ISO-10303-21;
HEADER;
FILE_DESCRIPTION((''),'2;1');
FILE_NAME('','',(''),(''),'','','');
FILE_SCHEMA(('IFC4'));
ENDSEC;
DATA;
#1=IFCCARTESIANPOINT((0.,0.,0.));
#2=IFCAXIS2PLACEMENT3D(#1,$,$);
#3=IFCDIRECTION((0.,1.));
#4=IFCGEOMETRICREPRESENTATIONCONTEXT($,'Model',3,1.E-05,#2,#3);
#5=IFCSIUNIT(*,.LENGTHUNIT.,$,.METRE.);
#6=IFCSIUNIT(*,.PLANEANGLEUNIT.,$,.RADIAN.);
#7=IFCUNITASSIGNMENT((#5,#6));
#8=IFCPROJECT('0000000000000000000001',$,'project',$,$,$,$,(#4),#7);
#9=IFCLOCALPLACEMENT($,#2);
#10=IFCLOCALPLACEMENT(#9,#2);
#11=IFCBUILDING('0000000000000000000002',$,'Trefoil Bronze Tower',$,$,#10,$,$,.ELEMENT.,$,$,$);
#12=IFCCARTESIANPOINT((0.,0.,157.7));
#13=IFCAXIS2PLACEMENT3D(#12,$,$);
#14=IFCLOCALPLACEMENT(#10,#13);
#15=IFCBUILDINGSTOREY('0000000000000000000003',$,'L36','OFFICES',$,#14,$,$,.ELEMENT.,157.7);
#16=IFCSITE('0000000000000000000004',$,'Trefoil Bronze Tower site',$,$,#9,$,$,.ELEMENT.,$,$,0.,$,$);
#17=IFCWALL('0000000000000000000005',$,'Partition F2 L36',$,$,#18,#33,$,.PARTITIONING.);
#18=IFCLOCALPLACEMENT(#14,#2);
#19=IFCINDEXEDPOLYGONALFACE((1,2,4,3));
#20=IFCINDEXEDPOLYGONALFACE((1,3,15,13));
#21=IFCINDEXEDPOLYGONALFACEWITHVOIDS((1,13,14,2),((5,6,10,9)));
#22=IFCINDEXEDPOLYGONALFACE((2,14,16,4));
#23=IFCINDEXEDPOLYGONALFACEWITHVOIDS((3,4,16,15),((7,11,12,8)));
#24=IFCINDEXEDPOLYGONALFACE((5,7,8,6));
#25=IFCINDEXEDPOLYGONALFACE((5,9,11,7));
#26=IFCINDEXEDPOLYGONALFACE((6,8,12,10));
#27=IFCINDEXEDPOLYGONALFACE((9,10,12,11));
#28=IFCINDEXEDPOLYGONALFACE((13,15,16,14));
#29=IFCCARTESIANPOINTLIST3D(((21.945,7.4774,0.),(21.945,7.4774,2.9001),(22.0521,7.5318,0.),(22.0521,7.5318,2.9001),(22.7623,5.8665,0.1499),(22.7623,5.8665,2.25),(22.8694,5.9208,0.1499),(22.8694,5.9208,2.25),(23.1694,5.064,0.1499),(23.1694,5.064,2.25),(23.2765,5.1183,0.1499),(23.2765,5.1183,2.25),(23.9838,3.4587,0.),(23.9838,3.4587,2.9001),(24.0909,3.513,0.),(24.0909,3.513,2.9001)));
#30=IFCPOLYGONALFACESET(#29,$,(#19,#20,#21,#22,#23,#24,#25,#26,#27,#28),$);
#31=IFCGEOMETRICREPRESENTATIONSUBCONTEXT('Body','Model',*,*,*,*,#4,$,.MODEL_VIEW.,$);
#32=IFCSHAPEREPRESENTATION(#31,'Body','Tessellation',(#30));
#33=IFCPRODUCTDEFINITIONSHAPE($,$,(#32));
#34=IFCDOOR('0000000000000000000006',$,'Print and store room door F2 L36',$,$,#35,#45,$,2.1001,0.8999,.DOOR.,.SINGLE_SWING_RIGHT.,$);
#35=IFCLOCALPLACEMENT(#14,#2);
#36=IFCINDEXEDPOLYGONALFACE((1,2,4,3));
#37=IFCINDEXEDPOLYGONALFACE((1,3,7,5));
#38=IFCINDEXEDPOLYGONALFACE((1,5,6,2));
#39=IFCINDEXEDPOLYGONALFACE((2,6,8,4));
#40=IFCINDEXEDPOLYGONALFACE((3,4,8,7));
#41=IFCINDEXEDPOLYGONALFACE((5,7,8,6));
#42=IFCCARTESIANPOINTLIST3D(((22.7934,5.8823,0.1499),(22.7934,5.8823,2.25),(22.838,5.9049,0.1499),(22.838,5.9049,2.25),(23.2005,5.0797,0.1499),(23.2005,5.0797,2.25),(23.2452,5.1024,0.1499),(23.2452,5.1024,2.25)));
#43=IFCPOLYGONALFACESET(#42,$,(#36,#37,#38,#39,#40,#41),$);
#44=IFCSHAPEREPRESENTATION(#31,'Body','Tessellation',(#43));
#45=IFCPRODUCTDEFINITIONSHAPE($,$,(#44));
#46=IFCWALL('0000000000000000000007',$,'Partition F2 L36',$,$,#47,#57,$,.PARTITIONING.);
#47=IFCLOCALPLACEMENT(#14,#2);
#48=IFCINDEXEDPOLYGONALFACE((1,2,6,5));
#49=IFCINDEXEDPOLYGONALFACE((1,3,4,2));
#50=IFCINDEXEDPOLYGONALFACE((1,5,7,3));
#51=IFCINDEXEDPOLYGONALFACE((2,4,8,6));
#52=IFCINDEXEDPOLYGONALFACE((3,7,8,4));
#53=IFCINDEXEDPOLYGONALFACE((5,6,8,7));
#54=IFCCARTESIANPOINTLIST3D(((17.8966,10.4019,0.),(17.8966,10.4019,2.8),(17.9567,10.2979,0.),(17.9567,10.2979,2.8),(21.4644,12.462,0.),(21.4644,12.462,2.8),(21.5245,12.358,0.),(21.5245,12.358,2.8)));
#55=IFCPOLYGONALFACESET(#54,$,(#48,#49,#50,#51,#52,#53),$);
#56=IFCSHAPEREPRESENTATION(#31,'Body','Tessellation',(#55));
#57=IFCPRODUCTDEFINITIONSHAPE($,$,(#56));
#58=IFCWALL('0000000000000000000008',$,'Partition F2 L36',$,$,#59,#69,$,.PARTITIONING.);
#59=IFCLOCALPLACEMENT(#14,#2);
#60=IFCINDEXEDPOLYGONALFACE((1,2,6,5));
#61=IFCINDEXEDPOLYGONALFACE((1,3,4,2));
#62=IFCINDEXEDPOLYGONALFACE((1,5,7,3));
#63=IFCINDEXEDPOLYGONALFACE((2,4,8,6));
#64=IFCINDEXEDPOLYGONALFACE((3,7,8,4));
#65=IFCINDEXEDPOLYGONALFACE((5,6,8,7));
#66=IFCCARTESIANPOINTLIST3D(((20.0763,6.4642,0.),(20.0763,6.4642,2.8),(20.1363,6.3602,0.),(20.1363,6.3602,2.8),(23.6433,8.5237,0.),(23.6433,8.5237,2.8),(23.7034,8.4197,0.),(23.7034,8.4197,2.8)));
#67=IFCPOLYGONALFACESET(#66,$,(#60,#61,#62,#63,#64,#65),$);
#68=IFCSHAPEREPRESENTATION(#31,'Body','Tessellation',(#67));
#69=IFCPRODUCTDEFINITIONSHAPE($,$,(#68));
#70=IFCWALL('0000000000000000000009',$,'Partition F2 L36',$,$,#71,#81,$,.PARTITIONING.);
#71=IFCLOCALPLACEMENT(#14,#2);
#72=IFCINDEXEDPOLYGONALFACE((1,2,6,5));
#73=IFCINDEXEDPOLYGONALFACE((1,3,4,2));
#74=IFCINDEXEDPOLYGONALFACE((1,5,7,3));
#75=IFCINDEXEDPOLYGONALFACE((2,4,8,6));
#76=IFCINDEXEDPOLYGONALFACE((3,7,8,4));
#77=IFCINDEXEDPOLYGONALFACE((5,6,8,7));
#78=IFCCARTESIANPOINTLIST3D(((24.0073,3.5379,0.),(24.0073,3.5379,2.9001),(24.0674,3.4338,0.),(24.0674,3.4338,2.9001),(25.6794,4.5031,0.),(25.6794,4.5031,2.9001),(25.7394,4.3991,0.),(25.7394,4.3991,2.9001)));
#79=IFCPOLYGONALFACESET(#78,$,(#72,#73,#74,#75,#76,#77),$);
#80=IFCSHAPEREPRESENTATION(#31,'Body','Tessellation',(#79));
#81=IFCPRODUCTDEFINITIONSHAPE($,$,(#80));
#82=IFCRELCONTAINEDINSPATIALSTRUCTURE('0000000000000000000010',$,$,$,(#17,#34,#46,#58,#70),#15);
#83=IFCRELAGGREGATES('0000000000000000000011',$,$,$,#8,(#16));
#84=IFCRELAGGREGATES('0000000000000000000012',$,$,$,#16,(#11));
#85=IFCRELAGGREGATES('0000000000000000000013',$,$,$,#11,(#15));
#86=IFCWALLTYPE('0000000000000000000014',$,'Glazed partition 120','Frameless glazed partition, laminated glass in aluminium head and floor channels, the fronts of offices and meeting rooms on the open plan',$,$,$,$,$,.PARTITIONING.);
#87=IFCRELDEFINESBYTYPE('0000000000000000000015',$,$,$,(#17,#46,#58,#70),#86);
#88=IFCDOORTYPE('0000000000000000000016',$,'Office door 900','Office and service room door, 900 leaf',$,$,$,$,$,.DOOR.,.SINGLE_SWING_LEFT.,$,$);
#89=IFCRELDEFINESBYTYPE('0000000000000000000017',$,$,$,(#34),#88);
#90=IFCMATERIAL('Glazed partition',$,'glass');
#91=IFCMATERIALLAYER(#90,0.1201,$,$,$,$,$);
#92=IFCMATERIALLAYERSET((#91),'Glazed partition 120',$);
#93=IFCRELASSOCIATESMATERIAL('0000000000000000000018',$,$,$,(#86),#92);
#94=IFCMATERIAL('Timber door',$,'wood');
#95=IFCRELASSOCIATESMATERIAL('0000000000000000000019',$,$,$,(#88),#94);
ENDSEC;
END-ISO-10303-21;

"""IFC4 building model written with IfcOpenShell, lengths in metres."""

from ifc_helpers import new_model, si_unit, direction, frame, frame_2d, origin, place, context, subcontext, project, spatial, rectangle, extrude, material, layer, layer_set, type_object, element, fill, save


model = new_model("IFC4")

# Units and contexts
model_context = context("Model", 3, precision=1e-05, world=origin(), true_north=direction((0.0, 1.0)))
body_context = subcontext(model_context, "Body", "Model", "MODEL_VIEW")
ifc_project = project(units=[si_unit("LENGTHUNIT", "METRE"), si_unit("PLANEANGLEUNIT", "RADIAN")], contexts=[model_context])

# Site, building, storey
site_placement = place(None, origin())
site = spatial("IfcSite", under=ifc_project, at=site_placement, Name="Trefoil Bronze Tower site", CompositionType="ELEMENT", RefElevation=0.0)
building_placement = place(site_placement, origin())
building = spatial("IfcBuilding", under=site, at=building_placement, Name="Trefoil Bronze Tower", CompositionType="ELEMENT")
storey_placement = place(building_placement, frame((0.0, 0.0, 157.7)))
storey = spatial("IfcBuildingStorey", under=building, at=storey_placement, Name="L36", Description="OFFICES", CompositionType="ELEMENT", Elevation=157.7)

# Shared definitions
ifc_material_1 = material(Name="Glazed partition", Category="glass")
ifc_layer_1 = layer(ifc_material_1, 0.1201)
ifc_layer_set_1 = layer_set([ifc_layer_1], Name="Glazed partition 120")
wall_type = type_object("IfcWallType", Name="Glazed partition 120", Description="Frameless glazed partition, laminated glass in aluminium head and floor channels, the fronts of offices and meeting rooms on the open plan", PredefinedType="PARTITIONING", material=ifc_layer_set_1)

# Wall, opening, door
ifc_material_2 = material(Name="Timber door", Category="wood")
door_type_1 = type_object("IfcDoorType", Name="Office door 900", Description="Office and service room door, 900 leaf", OperationType="SINGLE_SWING_LEFT", PredefinedType="DOOR", material=ifc_material_2)
wall_1_placement = place(storey_placement, frame((24.0374, 3.4858, 0.0), z_axis=(0.0, 0.0, 1.0), x_axis=(-0.452429, 0.891801, 0.0)))
wall_1 = element("IfcWall", 1, at=wall_1_placement, inside=storey, type_object=wall_type, Name="Partition F2 L36", PredefinedType="PARTITIONING", context=body_context, shape_type="SweptSolid", body=[
    extrude(rectangle(XDim=4.5063, YDim=0.1201, at=frame_2d((2.2532, 0.0))), origin(), (0.0, 0.0, 1.0), 2.9001),
])
opening_1_placement = place(wall_1_placement, frame((1.8, 0.0, 0.1499)))
opening_1 = element("IfcOpeningElement", 2, at=opening_1_placement, cuts=wall_1, PredefinedType="OPENING", context=body_context, shape_type="SweptSolid", body=[
    extrude(rectangle(XDim=0.8999, YDim=2.1001, at=frame_2d((0.45, 1.05))), frame((0.0, 0.0701, 0.0), z_axis=(0.0, -1.0, 0.0), x_axis=(1.0, 0.0, 0.0)), (0.0, 0.0, 1.0), 0.1401),
])
door_1_placement = place(opening_1_placement, frame((0.8999, 0.0, 0.0), z_axis=(0.0, 0.0, 1.0), x_axis=(-1.0, 0.0, 0.0)))
door_1 = element("IfcDoor", 3, at=door_1_placement, inside=storey, type_object=door_type_1, Name="Print and store room door F2 L36", OperationType="SINGLE_SWING_RIGHT", OverallHeight=2.1001, OverallWidth=0.8999, PredefinedType="DOOR", context=body_context, shape_type="SweptSolid", body=[
    extrude(rectangle(XDim=0.8999, YDim=2.1001, at=frame_2d((0.45, 1.05))), frame((0.0, 0.0249, 0.0), z_axis=(0.0, -1.0, 0.0), x_axis=(1.0, 0.0, 0.0)), (0.0, 0.0, 1.0), 0.05),
])
fill(opening_1, door_1)

# Walls
wall_2_placement = place(storey_placement, frame((17.9265, 10.3499, 0.0), z_axis=(0.0, 0.0, 1.0), x_axis=(0.86601, 0.500027, 0.0)))
element("IfcWall", 4, at=wall_2_placement, inside=storey, type_object=wall_type, Name="Partition F2 L36", PredefinedType="PARTITIONING", context=body_context, shape_type="SweptSolid", body=[
    extrude(rectangle(XDim=4.1199, YDim=0.1201, at=frame_2d((2.0601, 0.0))), origin(), (0.0, 0.0, 1.0), 2.8),
])
wall_3_placement = place(storey_placement, frame((20.1062, 6.4121, 0.0), z_axis=(0.0, 0.0, 1.0), x_axis=(0.866017, 0.500015, 0.0)))
element("IfcWall", 5, at=wall_3_placement, inside=storey, type_object=wall_type, Name="Partition F2 L36", PredefinedType="PARTITIONING", context=body_context, shape_type="SweptSolid", body=[
    extrude(rectangle(XDim=4.1189, YDim=0.1201, at=frame_2d((2.0596, 0.0))), origin(), (0.0, 0.0, 1.0), 2.8),
])
wall_4_placement = place(storey_placement, frame((24.0374, 3.4858, 0.0), z_axis=(0.0, 0.0, 1.0), x_axis=(0.86604, 0.499974, 0.0)))
element("IfcWall", 6, at=wall_4_placement, inside=storey, type_object=wall_type, Name="Partition F2 L36", PredefinedType="PARTITIONING", context=body_context, shape_type="SweptSolid", body=[
    extrude(rectangle(XDim=1.9307, YDim=0.1201, at=frame_2d((0.9653, 0.0))), origin(), (0.0, 0.0, 1.0), 2.9001),
])

save(model, "model.ifc")
